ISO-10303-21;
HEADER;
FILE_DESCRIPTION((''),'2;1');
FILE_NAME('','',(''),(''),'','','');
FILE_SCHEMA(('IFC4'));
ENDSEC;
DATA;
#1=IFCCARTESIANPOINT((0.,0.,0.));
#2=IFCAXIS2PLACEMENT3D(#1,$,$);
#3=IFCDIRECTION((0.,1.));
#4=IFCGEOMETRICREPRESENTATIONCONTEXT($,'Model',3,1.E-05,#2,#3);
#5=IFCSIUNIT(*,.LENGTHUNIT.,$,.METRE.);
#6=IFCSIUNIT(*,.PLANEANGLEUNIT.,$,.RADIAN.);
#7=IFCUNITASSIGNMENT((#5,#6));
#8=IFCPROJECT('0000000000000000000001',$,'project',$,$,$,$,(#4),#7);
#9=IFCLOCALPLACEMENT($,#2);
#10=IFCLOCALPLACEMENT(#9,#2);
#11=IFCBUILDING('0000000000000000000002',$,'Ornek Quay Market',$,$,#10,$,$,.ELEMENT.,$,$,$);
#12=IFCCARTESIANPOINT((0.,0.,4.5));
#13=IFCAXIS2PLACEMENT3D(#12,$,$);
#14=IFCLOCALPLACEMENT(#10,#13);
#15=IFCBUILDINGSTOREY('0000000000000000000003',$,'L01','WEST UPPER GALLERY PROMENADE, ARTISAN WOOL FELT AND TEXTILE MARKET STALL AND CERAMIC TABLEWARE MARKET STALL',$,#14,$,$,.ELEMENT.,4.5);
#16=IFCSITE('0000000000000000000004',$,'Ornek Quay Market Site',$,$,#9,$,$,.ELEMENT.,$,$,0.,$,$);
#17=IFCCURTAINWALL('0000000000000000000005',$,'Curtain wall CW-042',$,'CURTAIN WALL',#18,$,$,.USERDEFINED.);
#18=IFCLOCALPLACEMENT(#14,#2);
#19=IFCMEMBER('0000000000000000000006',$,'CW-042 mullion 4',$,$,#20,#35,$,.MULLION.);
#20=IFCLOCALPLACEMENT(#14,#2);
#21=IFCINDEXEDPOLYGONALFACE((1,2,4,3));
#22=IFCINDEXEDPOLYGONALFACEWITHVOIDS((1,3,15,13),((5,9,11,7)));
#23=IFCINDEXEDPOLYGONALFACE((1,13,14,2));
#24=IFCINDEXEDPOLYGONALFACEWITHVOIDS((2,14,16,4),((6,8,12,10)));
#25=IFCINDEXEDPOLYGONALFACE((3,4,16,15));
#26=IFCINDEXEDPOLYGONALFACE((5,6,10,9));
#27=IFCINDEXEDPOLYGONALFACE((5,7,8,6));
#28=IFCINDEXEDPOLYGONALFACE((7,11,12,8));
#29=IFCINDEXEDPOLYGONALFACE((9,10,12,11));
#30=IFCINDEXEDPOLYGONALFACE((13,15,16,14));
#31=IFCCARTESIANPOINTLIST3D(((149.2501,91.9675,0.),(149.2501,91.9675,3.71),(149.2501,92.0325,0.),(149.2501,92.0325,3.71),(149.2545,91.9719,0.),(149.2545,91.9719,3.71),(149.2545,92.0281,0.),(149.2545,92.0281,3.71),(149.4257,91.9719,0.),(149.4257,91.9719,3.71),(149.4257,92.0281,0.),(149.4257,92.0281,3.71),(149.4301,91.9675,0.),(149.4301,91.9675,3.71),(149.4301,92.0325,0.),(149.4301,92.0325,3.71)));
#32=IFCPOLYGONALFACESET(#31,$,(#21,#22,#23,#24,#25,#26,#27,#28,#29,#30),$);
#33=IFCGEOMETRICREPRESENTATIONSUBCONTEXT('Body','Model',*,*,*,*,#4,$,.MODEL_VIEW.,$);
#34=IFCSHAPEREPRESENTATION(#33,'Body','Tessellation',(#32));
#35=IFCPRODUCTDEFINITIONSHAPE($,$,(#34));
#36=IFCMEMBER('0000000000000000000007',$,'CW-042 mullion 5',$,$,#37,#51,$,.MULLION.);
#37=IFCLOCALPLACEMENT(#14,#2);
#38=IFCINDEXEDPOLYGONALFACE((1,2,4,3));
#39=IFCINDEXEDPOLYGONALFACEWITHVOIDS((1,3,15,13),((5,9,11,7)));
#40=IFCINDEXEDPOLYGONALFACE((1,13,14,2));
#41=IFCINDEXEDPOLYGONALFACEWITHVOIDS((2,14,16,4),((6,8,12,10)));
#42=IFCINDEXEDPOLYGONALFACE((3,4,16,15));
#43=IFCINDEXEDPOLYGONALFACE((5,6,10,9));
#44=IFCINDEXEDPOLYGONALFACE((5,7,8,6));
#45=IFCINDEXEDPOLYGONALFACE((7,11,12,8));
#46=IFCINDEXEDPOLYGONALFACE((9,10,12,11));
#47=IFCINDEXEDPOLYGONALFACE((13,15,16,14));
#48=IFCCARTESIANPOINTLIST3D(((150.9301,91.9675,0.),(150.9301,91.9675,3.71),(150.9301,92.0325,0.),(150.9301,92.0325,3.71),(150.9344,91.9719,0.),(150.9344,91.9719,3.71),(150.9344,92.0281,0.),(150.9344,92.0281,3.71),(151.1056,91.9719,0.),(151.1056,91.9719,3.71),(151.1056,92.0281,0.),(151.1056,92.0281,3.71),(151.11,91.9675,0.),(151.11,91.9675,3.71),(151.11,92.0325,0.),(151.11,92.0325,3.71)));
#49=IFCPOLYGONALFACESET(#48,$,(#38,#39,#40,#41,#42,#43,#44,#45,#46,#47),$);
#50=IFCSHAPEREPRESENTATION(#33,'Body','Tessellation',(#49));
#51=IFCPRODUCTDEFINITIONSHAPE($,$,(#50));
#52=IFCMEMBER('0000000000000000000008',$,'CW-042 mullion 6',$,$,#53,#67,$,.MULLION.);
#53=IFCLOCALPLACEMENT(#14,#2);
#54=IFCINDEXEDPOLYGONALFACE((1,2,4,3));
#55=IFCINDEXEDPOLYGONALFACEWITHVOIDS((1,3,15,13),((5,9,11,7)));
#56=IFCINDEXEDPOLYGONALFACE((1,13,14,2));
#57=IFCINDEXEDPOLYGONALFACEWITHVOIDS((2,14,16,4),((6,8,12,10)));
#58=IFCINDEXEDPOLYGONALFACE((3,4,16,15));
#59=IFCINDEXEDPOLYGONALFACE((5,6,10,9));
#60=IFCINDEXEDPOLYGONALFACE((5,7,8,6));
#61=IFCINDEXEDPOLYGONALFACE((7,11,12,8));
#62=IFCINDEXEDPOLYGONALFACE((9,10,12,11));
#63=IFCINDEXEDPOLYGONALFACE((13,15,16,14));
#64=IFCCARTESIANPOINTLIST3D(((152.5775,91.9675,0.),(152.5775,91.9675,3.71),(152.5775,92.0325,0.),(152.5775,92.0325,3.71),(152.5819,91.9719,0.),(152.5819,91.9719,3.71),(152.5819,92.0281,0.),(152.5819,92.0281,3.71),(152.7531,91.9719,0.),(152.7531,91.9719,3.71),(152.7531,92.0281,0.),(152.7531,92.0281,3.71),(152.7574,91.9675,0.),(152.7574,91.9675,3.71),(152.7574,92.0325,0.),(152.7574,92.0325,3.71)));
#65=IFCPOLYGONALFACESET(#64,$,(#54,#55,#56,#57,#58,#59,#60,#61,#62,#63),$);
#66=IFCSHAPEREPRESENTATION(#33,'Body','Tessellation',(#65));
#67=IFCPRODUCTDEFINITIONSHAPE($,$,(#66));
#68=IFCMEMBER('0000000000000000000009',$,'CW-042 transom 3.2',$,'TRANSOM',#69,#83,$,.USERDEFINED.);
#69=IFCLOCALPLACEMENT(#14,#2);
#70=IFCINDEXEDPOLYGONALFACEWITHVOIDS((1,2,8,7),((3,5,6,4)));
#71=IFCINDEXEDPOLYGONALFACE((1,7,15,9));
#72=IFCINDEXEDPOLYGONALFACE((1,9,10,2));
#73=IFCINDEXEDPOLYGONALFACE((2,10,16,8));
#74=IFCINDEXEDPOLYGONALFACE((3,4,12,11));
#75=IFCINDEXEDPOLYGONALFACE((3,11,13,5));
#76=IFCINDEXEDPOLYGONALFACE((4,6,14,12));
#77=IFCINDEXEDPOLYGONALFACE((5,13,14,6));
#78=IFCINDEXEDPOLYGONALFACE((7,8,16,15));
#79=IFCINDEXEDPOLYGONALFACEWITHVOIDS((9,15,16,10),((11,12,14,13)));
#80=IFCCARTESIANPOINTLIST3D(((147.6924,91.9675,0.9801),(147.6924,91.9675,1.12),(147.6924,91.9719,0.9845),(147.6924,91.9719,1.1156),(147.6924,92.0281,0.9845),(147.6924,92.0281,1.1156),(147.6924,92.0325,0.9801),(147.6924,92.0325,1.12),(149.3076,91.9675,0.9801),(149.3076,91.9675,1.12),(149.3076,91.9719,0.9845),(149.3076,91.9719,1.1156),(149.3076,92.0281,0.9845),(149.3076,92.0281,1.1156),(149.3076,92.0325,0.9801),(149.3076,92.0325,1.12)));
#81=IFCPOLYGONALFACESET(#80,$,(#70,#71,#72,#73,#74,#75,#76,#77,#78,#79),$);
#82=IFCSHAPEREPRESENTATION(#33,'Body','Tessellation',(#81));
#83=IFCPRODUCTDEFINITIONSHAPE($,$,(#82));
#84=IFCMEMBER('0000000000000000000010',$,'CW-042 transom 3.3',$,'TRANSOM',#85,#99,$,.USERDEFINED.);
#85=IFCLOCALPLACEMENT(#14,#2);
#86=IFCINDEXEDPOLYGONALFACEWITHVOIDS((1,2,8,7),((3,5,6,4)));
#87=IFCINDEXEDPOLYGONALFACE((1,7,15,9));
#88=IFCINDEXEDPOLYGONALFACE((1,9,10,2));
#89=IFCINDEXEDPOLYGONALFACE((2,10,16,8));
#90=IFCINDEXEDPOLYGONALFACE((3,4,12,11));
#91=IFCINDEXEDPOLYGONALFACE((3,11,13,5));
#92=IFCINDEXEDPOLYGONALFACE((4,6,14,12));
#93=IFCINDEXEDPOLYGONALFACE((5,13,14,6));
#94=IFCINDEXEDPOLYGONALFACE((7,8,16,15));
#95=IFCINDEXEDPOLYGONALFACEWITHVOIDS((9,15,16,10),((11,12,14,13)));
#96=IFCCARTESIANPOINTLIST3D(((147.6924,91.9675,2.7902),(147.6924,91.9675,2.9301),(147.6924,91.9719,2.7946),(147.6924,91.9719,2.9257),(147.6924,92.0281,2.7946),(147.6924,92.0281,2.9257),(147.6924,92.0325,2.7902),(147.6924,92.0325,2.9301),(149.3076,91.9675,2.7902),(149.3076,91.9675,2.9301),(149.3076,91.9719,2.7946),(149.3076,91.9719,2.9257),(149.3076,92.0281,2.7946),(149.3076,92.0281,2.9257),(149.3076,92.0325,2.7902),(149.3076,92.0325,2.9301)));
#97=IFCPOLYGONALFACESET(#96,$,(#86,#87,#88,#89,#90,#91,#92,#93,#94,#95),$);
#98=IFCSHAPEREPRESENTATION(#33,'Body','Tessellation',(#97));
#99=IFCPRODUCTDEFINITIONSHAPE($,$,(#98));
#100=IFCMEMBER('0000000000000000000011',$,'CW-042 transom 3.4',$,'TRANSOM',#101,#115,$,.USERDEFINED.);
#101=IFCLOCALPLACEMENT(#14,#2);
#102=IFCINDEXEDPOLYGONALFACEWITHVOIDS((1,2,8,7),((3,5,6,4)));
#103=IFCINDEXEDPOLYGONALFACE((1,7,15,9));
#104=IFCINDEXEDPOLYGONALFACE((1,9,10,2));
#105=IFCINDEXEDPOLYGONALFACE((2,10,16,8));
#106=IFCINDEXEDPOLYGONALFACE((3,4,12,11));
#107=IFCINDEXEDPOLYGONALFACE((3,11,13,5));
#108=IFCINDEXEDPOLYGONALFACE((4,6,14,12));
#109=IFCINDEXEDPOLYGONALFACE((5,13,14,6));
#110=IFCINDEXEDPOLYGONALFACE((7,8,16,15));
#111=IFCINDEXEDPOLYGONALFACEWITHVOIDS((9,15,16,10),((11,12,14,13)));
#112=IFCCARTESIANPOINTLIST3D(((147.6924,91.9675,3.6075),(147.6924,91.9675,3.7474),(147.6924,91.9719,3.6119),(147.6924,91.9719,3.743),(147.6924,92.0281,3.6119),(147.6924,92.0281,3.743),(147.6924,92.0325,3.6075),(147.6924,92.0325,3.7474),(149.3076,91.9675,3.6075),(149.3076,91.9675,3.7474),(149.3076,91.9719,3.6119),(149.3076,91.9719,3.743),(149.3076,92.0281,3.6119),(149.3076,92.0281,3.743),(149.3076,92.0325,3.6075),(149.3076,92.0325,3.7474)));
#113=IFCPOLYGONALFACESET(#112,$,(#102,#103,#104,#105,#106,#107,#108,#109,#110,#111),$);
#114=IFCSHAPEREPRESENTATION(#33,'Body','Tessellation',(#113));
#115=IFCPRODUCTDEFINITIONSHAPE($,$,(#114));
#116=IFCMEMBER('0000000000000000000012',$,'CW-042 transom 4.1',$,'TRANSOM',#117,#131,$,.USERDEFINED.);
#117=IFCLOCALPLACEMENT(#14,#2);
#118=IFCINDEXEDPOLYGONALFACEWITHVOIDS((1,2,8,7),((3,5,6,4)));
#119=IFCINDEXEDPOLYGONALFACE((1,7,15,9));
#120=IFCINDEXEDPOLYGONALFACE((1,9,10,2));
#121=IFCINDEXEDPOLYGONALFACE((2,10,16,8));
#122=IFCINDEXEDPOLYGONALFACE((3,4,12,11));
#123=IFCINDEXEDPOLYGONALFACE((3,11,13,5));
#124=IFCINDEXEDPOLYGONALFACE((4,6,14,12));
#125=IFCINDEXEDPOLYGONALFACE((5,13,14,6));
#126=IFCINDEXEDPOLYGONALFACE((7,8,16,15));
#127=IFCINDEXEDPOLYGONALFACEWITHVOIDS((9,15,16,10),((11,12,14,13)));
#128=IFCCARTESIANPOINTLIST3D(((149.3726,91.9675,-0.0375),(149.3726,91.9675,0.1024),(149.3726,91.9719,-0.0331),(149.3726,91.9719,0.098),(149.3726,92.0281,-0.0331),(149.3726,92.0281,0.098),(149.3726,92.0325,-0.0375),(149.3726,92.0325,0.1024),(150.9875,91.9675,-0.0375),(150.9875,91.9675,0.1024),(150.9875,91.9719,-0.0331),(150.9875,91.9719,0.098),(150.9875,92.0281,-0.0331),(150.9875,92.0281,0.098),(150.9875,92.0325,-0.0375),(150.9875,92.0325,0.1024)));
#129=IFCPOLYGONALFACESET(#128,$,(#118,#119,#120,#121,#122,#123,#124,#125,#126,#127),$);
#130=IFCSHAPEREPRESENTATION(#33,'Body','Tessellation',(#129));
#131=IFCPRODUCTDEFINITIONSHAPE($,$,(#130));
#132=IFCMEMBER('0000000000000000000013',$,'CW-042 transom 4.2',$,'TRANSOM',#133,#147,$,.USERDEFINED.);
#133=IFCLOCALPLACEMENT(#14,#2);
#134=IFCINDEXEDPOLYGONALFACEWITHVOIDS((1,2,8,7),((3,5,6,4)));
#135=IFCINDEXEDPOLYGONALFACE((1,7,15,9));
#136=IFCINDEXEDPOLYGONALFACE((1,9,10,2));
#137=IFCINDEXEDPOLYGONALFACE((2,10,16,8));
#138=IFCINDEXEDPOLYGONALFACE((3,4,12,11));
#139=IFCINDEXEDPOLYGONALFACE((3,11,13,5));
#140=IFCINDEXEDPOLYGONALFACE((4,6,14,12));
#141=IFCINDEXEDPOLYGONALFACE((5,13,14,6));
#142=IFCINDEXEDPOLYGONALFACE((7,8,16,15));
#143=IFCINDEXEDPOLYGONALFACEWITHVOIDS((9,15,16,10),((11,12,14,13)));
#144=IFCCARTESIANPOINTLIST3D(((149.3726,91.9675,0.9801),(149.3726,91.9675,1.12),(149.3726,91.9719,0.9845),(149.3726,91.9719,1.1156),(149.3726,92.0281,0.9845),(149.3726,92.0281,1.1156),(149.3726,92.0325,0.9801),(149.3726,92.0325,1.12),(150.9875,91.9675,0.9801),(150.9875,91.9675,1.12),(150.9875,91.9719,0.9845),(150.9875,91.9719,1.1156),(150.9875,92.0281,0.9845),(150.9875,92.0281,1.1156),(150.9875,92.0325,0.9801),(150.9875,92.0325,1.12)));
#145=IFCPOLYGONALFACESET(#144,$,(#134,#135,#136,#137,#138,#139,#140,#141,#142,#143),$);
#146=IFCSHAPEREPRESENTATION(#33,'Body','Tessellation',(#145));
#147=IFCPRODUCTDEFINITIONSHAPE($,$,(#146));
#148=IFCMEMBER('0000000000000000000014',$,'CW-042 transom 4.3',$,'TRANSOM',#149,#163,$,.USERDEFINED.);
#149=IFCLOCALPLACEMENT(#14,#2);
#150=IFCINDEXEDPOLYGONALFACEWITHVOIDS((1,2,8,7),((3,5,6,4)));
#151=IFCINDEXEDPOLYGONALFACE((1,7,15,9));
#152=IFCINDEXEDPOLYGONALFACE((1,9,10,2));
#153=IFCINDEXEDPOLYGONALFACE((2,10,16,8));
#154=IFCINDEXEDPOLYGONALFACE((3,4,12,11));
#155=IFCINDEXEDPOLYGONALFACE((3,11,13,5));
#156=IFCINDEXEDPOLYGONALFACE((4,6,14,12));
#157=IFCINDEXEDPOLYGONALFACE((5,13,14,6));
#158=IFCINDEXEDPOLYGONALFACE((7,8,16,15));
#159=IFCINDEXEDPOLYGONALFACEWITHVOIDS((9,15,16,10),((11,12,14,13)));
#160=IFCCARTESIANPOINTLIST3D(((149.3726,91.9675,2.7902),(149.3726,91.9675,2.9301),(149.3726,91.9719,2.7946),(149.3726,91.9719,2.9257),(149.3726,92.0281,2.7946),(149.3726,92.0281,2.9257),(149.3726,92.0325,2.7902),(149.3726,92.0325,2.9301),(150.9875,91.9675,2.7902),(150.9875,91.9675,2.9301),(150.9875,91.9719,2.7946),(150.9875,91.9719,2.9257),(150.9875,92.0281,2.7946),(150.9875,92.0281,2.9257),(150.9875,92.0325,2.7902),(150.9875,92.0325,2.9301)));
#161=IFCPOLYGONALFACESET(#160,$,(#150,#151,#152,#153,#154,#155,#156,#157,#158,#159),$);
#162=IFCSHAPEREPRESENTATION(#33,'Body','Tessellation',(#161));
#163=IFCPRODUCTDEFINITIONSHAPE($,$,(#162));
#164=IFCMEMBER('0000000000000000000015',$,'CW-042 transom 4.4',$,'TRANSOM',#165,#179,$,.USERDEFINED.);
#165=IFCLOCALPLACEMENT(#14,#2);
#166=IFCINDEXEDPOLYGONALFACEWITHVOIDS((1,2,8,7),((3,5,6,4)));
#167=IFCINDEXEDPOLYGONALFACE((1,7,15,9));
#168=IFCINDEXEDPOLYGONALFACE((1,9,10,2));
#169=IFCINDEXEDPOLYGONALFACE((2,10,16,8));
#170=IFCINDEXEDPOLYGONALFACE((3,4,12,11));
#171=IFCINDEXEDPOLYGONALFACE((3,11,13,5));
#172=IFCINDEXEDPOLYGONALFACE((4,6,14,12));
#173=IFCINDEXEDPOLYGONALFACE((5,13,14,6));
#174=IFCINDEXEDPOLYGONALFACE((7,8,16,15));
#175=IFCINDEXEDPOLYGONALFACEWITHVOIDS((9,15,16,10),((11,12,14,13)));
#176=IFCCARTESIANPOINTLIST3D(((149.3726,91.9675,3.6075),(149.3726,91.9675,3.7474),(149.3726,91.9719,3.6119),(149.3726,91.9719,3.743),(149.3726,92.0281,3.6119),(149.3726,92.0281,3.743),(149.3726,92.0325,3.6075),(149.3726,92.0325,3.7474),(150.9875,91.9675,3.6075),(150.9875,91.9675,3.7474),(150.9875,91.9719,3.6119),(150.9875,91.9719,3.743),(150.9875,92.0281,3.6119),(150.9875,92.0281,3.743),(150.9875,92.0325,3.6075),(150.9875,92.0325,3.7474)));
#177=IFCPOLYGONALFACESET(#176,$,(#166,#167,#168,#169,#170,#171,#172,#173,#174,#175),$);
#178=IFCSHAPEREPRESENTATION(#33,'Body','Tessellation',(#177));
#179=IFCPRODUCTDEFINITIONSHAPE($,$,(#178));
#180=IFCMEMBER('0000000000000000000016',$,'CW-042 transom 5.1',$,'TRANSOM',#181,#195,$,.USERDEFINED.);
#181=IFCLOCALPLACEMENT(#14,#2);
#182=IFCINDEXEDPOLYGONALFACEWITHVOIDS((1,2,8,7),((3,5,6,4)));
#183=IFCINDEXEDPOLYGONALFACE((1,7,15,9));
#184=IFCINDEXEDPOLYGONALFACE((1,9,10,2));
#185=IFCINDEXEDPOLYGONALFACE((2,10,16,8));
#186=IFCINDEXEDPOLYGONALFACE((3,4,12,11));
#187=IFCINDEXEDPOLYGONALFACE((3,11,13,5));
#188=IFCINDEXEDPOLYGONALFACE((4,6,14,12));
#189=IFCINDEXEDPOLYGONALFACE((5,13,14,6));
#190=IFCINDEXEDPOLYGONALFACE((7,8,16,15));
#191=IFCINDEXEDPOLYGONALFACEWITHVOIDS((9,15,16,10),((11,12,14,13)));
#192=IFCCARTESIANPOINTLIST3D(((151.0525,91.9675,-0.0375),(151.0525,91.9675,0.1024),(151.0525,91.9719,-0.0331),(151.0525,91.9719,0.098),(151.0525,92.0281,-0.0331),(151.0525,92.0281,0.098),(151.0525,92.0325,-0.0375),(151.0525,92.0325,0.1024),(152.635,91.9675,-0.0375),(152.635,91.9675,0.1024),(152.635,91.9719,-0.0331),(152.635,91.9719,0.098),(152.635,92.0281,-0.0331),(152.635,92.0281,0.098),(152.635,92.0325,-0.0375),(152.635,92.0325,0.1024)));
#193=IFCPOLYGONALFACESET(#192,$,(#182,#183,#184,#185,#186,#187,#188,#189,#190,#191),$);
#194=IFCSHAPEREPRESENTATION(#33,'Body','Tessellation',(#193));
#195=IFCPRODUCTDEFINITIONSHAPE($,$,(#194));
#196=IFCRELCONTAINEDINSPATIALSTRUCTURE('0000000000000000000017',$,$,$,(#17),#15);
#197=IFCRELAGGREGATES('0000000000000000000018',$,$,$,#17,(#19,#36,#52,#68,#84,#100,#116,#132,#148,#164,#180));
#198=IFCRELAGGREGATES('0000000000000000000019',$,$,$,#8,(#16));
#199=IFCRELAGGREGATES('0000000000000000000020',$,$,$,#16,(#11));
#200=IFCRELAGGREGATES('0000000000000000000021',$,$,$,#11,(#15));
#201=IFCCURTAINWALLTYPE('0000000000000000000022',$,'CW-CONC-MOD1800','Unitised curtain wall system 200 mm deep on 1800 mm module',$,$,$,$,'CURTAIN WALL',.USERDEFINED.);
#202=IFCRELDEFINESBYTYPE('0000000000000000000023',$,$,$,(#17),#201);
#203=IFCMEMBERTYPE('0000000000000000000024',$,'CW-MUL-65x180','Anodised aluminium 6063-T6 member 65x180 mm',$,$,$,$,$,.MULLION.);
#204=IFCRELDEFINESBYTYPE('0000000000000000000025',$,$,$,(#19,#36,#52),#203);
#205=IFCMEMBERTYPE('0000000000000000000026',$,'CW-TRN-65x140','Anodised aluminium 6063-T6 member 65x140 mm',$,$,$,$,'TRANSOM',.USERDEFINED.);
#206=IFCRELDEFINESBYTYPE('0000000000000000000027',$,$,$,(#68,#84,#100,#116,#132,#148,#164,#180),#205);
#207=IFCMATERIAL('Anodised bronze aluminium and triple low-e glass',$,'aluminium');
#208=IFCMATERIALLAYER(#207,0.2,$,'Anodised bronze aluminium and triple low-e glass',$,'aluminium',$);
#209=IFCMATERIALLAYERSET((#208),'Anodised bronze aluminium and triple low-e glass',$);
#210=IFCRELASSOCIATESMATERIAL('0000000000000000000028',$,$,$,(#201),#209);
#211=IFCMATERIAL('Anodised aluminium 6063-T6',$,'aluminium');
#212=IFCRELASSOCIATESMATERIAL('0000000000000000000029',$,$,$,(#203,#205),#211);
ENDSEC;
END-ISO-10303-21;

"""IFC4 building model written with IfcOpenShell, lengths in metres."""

from ifc_helpers import new_model, si_unit, direction, frame, origin, origin_2d, place, context, subcontext, project, spatial, hollow_rectangle, extrude, material, layer, layer_set, material_profile, profile_set, type_object, element, aggregate, save


model = new_model("IFC4")

# Units and contexts
model_context = context("Model", 3, precision=1e-05, world=origin(), true_north=direction((0.0, 1.0)))
body_context = subcontext(model_context, "Body", "Model", "MODEL_VIEW")
ifc_project = project(units=[si_unit("LENGTHUNIT", "METRE"), si_unit("PLANEANGLEUNIT", "RADIAN")], contexts=[model_context])

# Site, building, storey
site_placement = place(None, origin())
site = spatial("IfcSite", under=ifc_project, at=site_placement, Name="Ornek Quay Market Site", CompositionType="ELEMENT", RefElevation=0.0)
building_placement = place(site_placement, origin())
building = spatial("IfcBuilding", under=site, at=building_placement, Name="Ornek Quay Market", CompositionType="ELEMENT")
storey_placement = place(building_placement, frame((0.0, 0.0, 4.5)))
storey = spatial("IfcBuildingStorey", under=building, at=storey_placement, Name="L01", Description="WEST UPPER GALLERY PROMENADE, ARTISAN WOOL FELT AND TEXTILE MARKET STALL AND CERAMIC TABLEWARE MARKET STALL", CompositionType="ELEMENT", Elevation=4.5)

# Curtain wall, members
ifc_material_1 = material(Name="Anodised bronze aluminium and triple low-e glass", Category="aluminium")
ifc_layer_1 = layer(ifc_material_1, 0.2, Name="Anodised bronze aluminium and triple low-e glass", Category="aluminium")
ifc_layer_set_1 = layer_set([ifc_layer_1], Name="Anodised bronze aluminium and triple low-e glass")
curtain_wall_type = type_object("IfcCurtainWallType", Name="CW-CONC-MOD1800", Description="Unitised curtain wall system 200 mm deep on 1800 mm module", ElementType="CURTAIN WALL", PredefinedType="USERDEFINED", material=ifc_layer_set_1)
curtain_wall_placement = place(storey_placement, origin())
curtain_wall = element("IfcCurtainWall", 1, at=curtain_wall_placement, inside=storey, type_object=curtain_wall_type, Name="Curtain wall CW-042", ObjectType="CURTAIN WALL", PredefinedType="USERDEFINED")
ifc_material_2 = material(Name="Anodised aluminium 6063-T6", Category="aluminium")
ifc_material_profile_1 = material_profile(ifc_material_2, hollow_rectangle(XDim=0.0649, YDim=0.1799, WallThickness=0.0044, at=origin_2d()), Name="CW-MUL-65x180", Category="aluminium")
ifc_profile_set_1 = profile_set([ifc_material_profile_1], Name="Anodised aluminium 6063-T6")
member_type_1 = type_object("IfcMemberType", Name="CW-MUL-65x180", Description="Anodised aluminium 6063-T6 member 65x180 mm", PredefinedType="MULLION", material=ifc_profile_set_1)
member_1_placement = place(storey_placement, frame((149.3401, 92.0, 0.0), z_axis=(0.0, 0.0, 1.0), x_axis=(0.0, 1.0, 0.0)))
member_1 = element("IfcMember", 2, at=member_1_placement, type_object=member_type_1, Name="CW-042 mullion 4", PredefinedType="MULLION", context=body_context, shape_type="SweptSolid", body=[
    extrude(hollow_rectangle(XDim=0.0649, YDim=0.1799, WallThickness=0.0044, at=origin_2d()), origin(), (0.0, 0.0, 1.0), 3.71),
])
member_2_placement = place(storey_placement, frame((151.02, 92.0, 0.0), z_axis=(0.0, 0.0, 1.0), x_axis=(0.0, 1.0, 0.0)))
member_2 = element("IfcMember", 3, at=member_2_placement, type_object=member_type_1, Name="CW-042 mullion 5", PredefinedType="MULLION", context=body_context, shape_type="SweptSolid", body=[
    extrude(hollow_rectangle(XDim=0.0649, YDim=0.1799, WallThickness=0.0044, at=origin_2d()), origin(), (0.0, 0.0, 1.0), 3.71),
])
member_3_placement = place(storey_placement, frame((152.6675, 92.0, 0.0), z_axis=(0.0, 0.0, 1.0), x_axis=(0.0, 1.0, 0.0)))
member_3 = element("IfcMember", 4, at=member_3_placement, type_object=member_type_1, Name="CW-042 mullion 6", PredefinedType="MULLION", context=body_context, shape_type="SweptSolid", body=[
    extrude(hollow_rectangle(XDim=0.0649, YDim=0.1799, WallThickness=0.0044, at=origin_2d()), origin(), (0.0, 0.0, 1.0), 3.71),
])
ifc_material_profile_2 = material_profile(ifc_material_2, hollow_rectangle(XDim=0.0649, YDim=0.1399, WallThickness=0.0044, at=origin_2d()), Name="CW-TRN-65x140", Category="aluminium")
ifc_profile_set_2 = profile_set([ifc_material_profile_2], Name="Anodised aluminium 6063-T6")
member_type_2 = type_object("IfcMemberType", Name="CW-TRN-65x140", Description="Anodised aluminium 6063-T6 member 65x140 mm", ElementType="TRANSOM", PredefinedType="USERDEFINED", material=ifc_profile_set_2)
member_4_placement = place(storey_placement, frame((147.6924, 92.0, 1.05), z_axis=(1.0, 0.0, 0.0), x_axis=(0.0, 1.0, 0.0)))
member_4 = element("IfcMember", 5, at=member_4_placement, type_object=member_type_2, Name="CW-042 transom 3.2", ObjectType="TRANSOM", PredefinedType="USERDEFINED", context=body_context, shape_type="SweptSolid", body=[
    extrude(hollow_rectangle(XDim=0.0649, YDim=0.1399, WallThickness=0.0044, at=origin_2d()), origin(), (0.0, 0.0, 1.0), 1.6152),
])
member_5_placement = place(storey_placement, frame((147.6924, 92.0, 2.8601), z_axis=(1.0, 0.0, 0.0), x_axis=(0.0, 1.0, 0.0)))
member_5 = element("IfcMember", 6, at=member_5_placement, type_object=member_type_2, Name="CW-042 transom 3.3", ObjectType="TRANSOM", PredefinedType="USERDEFINED", context=body_context, shape_type="SweptSolid", body=[
    extrude(hollow_rectangle(XDim=0.0649, YDim=0.1399, WallThickness=0.0044, at=origin_2d()), origin(), (0.0, 0.0, 1.0), 1.6152),
])
member_6_placement = place(storey_placement, frame((147.6924, 92.0, 3.6775), z_axis=(1.0, 0.0, 0.0), x_axis=(0.0, 1.0, 0.0)))
member_6 = element("IfcMember", 7, at=member_6_placement, type_object=member_type_2, Name="CW-042 transom 3.4", ObjectType="TRANSOM", PredefinedType="USERDEFINED", context=body_context, shape_type="SweptSolid", body=[
    extrude(hollow_rectangle(XDim=0.0649, YDim=0.1399, WallThickness=0.0044, at=origin_2d()), origin(), (0.0, 0.0, 1.0), 1.6152),
])
member_7_placement = place(storey_placement, frame((149.3726, 92.0, 0.0325), z_axis=(1.0, 0.0, 0.0), x_axis=(0.0, 1.0, 0.0)))
member_7 = element("IfcMember", 8, at=member_7_placement, type_object=member_type_2, Name="CW-042 transom 4.1", ObjectType="TRANSOM", PredefinedType="USERDEFINED", context=body_context, shape_type="SweptSolid", body=[
    extrude(hollow_rectangle(XDim=0.0649, YDim=0.1399, WallThickness=0.0044, at=origin_2d()), origin(), (0.0, 0.0, 1.0), 1.615),
])
member_8_placement = place(storey_placement, frame((149.3726, 92.0, 1.05), z_axis=(1.0, 0.0, 0.0), x_axis=(0.0, 1.0, 0.0)))
member_8 = element("IfcMember", 9, at=member_8_placement, type_object=member_type_2, Name="CW-042 transom 4.2", ObjectType="TRANSOM", PredefinedType="USERDEFINED", context=body_context, shape_type="SweptSolid", body=[
    extrude(hollow_rectangle(XDim=0.0649, YDim=0.1399, WallThickness=0.0044, at=origin_2d()), origin(), (0.0, 0.0, 1.0), 1.615),
])
member_9_placement = place(storey_placement, frame((149.3726, 92.0, 2.8601), z_axis=(1.0, 0.0, 0.0), x_axis=(0.0, 1.0, 0.0)))
member_9 = element("IfcMember", 10, at=member_9_placement, type_object=member_type_2, Name="CW-042 transom 4.3", ObjectType="TRANSOM", PredefinedType="USERDEFINED", context=body_context, shape_type="SweptSolid", body=[
    extrude(hollow_rectangle(XDim=0.0649, YDim=0.1399, WallThickness=0.0044, at=origin_2d()), origin(), (0.0, 0.0, 1.0), 1.615),
])
member_10_placement = place(storey_placement, frame((149.3726, 92.0, 3.6775), z_axis=(1.0, 0.0, 0.0), x_axis=(0.0, 1.0, 0.0)))
member_10 = element("IfcMember", 11, at=member_10_placement, type_object=member_type_2, Name="CW-042 transom 4.4", ObjectType="TRANSOM", PredefinedType="USERDEFINED", context=body_context, shape_type="SweptSolid", body=[
    extrude(hollow_rectangle(XDim=0.0649, YDim=0.1399, WallThickness=0.0044, at=origin_2d()), origin(), (0.0, 0.0, 1.0), 1.615),
])
member_11_placement = place(storey_placement, frame((151.0525, 92.0, 0.0325), z_axis=(1.0, 0.0, 0.0), x_axis=(0.0, 1.0, 0.0)))
member_11 = element("IfcMember", 12, at=member_11_placement, type_object=member_type_2, Name="CW-042 transom 5.1", ObjectType="TRANSOM", PredefinedType="USERDEFINED", context=body_context, shape_type="SweptSolid", body=[
    extrude(hollow_rectangle(XDim=0.0649, YDim=0.1399, WallThickness=0.0044, at=origin_2d()), origin(), (0.0, 0.0, 1.0), 1.5825),
])
aggregate(curtain_wall, [member_1, member_2, member_3, member_4, member_5, member_6, member_7, member_8, member_9, member_10, member_11])

save(model, "model.ifc")
